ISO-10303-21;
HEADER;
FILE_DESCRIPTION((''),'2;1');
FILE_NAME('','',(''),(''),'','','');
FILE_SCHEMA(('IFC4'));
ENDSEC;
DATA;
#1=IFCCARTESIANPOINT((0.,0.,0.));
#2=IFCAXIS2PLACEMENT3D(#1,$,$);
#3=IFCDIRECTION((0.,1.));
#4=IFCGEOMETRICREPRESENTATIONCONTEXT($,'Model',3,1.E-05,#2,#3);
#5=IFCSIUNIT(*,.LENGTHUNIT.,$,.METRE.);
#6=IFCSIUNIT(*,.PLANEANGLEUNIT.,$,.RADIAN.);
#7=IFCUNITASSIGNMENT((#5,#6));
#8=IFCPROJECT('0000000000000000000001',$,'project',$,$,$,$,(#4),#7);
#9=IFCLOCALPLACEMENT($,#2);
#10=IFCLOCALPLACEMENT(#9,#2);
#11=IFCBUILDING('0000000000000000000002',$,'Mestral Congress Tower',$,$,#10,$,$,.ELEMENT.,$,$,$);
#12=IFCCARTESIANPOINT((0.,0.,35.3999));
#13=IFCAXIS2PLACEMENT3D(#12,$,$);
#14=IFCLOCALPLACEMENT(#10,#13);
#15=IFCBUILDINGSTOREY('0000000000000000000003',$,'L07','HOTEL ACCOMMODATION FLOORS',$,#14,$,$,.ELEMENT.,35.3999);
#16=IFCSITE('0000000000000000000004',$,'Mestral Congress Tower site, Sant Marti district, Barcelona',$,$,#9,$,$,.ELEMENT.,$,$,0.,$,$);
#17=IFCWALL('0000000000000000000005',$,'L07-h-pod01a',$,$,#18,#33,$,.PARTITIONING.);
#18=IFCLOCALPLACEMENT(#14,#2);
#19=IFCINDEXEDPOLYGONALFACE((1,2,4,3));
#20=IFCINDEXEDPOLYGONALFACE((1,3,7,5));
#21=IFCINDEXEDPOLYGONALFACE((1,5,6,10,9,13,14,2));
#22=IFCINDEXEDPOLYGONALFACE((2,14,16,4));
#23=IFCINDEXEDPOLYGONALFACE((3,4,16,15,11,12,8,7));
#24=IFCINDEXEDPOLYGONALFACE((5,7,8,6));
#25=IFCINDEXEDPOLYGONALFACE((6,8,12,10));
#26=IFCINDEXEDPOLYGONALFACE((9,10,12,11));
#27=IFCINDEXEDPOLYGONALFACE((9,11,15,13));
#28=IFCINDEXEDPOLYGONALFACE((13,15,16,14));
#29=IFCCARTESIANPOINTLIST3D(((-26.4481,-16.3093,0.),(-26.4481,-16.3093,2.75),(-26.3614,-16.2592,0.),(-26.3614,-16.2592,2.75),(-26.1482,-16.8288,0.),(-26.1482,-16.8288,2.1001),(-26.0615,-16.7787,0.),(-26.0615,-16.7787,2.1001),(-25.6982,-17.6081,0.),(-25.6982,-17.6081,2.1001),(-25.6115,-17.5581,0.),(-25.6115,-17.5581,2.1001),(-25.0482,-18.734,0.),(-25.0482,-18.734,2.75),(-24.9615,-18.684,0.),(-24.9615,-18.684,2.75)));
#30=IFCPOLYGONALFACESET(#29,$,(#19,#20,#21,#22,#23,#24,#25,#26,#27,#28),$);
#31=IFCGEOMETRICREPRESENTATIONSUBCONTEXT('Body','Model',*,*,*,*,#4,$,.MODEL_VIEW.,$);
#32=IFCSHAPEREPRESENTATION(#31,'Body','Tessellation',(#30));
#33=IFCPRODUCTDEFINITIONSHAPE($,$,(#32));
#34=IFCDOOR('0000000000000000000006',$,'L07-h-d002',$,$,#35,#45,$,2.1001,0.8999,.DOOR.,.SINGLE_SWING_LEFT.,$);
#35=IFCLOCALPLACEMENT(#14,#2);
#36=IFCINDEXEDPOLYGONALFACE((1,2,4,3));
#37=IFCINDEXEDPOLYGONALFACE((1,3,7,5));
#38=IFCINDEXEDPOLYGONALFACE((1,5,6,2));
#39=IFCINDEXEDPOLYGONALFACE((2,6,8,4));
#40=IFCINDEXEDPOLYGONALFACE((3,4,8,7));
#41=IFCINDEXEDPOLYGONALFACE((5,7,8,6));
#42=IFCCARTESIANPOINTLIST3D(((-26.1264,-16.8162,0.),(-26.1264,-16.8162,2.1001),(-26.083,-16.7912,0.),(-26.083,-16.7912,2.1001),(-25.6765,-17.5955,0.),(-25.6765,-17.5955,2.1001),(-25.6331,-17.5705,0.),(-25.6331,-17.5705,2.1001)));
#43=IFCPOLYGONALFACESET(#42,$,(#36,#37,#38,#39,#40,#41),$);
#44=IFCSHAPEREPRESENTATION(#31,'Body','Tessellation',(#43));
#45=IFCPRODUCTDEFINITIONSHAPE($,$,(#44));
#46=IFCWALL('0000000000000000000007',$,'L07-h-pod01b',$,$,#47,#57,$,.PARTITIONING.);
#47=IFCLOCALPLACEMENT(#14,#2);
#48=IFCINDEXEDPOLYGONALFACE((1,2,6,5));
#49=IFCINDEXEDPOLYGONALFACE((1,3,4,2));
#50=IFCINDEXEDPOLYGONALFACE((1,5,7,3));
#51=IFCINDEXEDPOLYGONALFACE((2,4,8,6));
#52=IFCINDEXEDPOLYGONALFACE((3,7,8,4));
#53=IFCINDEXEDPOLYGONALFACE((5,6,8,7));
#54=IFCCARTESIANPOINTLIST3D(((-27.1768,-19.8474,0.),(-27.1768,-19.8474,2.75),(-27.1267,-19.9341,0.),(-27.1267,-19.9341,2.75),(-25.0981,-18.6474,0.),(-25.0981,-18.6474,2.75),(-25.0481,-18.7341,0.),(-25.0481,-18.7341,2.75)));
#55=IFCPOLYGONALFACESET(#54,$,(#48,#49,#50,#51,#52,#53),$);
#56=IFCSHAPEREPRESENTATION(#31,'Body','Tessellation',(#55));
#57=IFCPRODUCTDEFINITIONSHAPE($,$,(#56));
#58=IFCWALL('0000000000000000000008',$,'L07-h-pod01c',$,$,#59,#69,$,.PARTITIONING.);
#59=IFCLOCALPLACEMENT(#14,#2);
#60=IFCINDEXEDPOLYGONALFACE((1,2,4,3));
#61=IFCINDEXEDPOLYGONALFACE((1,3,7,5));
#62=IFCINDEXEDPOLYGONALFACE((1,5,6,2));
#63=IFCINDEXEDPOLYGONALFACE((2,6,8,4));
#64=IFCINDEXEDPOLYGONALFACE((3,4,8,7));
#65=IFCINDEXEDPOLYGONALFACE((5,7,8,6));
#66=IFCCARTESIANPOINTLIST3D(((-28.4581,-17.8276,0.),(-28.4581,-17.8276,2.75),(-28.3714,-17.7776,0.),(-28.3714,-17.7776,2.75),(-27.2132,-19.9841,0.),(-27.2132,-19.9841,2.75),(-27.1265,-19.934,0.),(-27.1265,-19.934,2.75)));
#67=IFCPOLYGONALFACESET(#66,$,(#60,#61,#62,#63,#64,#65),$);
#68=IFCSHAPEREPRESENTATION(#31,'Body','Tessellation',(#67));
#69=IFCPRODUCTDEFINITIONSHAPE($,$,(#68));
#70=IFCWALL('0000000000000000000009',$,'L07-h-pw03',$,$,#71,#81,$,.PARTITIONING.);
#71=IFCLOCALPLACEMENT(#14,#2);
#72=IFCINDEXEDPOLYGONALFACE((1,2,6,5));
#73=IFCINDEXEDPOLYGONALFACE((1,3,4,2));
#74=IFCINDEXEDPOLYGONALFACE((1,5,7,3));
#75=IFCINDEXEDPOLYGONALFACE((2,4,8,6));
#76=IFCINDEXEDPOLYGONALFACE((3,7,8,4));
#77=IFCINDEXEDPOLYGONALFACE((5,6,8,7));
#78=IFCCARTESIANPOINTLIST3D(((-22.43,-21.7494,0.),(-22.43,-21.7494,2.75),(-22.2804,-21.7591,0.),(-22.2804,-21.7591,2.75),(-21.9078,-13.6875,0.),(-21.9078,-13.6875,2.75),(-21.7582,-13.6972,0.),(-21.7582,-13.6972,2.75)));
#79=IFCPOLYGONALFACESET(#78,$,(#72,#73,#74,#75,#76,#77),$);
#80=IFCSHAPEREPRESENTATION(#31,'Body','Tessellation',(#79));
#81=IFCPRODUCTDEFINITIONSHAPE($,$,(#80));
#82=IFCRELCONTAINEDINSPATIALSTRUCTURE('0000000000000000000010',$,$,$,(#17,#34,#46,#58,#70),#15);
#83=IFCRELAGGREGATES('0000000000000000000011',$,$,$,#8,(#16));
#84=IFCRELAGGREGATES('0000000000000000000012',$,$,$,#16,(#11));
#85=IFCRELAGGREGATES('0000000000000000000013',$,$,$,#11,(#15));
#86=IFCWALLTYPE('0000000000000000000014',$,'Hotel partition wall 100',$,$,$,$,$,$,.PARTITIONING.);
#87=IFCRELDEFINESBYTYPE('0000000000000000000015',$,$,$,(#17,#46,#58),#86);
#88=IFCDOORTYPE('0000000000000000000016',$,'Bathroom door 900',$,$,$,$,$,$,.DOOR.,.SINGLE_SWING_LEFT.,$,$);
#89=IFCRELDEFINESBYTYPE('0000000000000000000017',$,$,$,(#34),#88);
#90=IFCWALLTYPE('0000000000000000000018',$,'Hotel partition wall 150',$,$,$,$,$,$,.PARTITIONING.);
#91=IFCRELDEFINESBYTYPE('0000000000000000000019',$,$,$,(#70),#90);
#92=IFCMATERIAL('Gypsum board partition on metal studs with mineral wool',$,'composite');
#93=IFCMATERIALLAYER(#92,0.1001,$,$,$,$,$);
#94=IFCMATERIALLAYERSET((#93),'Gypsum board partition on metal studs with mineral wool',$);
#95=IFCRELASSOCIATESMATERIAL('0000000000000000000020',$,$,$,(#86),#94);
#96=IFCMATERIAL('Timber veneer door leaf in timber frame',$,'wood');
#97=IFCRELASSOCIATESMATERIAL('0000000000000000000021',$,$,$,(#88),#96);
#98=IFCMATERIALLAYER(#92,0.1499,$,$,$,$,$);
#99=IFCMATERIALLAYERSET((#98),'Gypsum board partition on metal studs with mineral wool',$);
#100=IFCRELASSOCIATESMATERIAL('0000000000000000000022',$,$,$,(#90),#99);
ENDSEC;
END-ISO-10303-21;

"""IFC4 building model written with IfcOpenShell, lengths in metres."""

from ifc_helpers import new_model, si_unit, direction, frame, frame_2d, origin, place, context, subcontext, project, spatial, rectangle, extrude, material, layer, layer_set, type_object, element, fill, save


model = new_model("IFC4")

# Units and contexts
model_context = context("Model", 3, precision=1e-05, world=origin(), true_north=direction((0.0, 1.0)))
body_context = subcontext(model_context, "Body", "Model", "MODEL_VIEW")
ifc_project = project(units=[si_unit("LENGTHUNIT", "METRE"), si_unit("PLANEANGLEUNIT", "RADIAN")], contexts=[model_context])

# Site, building, storey
site_placement = place(None, origin())
site = spatial("IfcSite", under=ifc_project, at=site_placement, Name="Mestral Congress Tower site, Sant Marti district, Barcelona", CompositionType="ELEMENT", RefElevation=0.0)
building_placement = place(site_placement, origin())
building = spatial("IfcBuilding", under=site, at=building_placement, Name="Mestral Congress Tower", CompositionType="ELEMENT")
storey_placement = place(building_placement, frame((0.0, 0.0, 35.3999)))
storey = spatial("IfcBuildingStorey", under=building, at=storey_placement, Name="L07", Description="HOTEL ACCOMMODATION FLOORS", CompositionType="ELEMENT", Elevation=35.3999)

# Wall, opening, door
ifc_material_1 = material(Name="Gypsum board partition on metal studs with mineral wool", Category="composite")
ifc_layer_1 = layer(ifc_material_1, 0.1001)
ifc_layer_set_1 = layer_set([ifc_layer_1], Name="Gypsum board partition on metal studs with mineral wool")
wall_type_1 = type_object("IfcWallType", Name="Hotel partition wall 100", PredefinedType="PARTITIONING", material=ifc_layer_set_1)
wall_1_placement = place(storey_placement, frame((-25.0049, -18.709, 0.0), z_axis=(0.0, 0.0, 1.0), x_axis=(-0.499984, 0.866035, 0.0)))
wall_1 = element("IfcWall", 1, at=wall_1_placement, inside=storey, type_object=wall_type_1, Name="L07-h-pod01a", PredefinedType="PARTITIONING", context=body_context, shape_type="SweptSolid", body=[
    extrude(rectangle(XDim=2.7998, YDim=0.1001, at=frame_2d((1.3999, 0.0))), origin(), (0.0, 0.0, 1.0), 2.75),
])
opening_1_placement = place(wall_1_placement, frame((1.3, 0.0, 0.0)))
opening_1 = element("IfcOpeningElement", 2, at=opening_1_placement, cuts=wall_1, PredefinedType="OPENING", context=body_context, shape_type="SweptSolid", body=[
    extrude(rectangle(XDim=0.8999, YDim=2.1001, at=frame_2d((0.45, 1.05))), frame((0.0, 0.0601, 0.0), z_axis=(0.0, -1.0, 0.0), x_axis=(1.0, 0.0, 0.0)), (0.0, 0.0, 1.0), 0.1201),
])
ifc_material_2 = material(Name="Timber veneer door leaf in timber frame", Category="wood")
door_type = type_object("IfcDoorType", Name="Bathroom door 900", OperationType="SINGLE_SWING_LEFT", PredefinedType="DOOR", material=ifc_material_2)
door_placement = place(opening_1_placement, origin())
door = element("IfcDoor", 3, at=door_placement, inside=storey, type_object=door_type, Name="L07-h-d002", OperationType="SINGLE_SWING_LEFT", OverallHeight=2.1001, OverallWidth=0.8999, PredefinedType="DOOR", context=body_context, shape_type="SweptSolid", body=[
    extrude(rectangle(XDim=0.8999, YDim=2.1001, at=frame_2d((0.45, 1.05))), frame((0.0, 0.0249, 0.0), z_axis=(0.0, -1.0, 0.0), x_axis=(1.0, 0.0, 0.0)), (0.0, 0.0, 1.0), 0.05),
])
fill(opening_1, door)

# Walls
wall_2_placement = place(storey_placement, frame((-25.073, -18.6907, 0.0), z_axis=(0.0, 0.0, 1.0), x_axis=(-0.86605, -0.499957, 0.0)))
element("IfcWall", 4, at=wall_2_placement, inside=storey, type_object=wall_type_1, Name="L07-h-pod01b", PredefinedType="PARTITIONING", context=body_context, shape_type="SweptSolid", body=[
    extrude(rectangle(XDim=2.4001, YDim=0.1001, at=frame_2d((1.2002, 0.0))), origin(), (0.0, 0.0, 1.0), 2.75),
])
wall_3_placement = place(storey_placement, frame((-28.4148, -17.8025, 0.0), z_axis=(0.0, 0.0, 1.0), x_axis=(0.499946, -0.866057, 0.0)))
element("IfcWall", 5, at=wall_3_placement, inside=storey, type_object=wall_type_1, Name="L07-h-pod01c", PredefinedType="PARTITIONING", context=body_context, shape_type="SweptSolid", body=[
    extrude(rectangle(XDim=2.49, YDim=0.1001, at=frame_2d((1.2451, 0.0))), origin(), (0.0, 0.0, 1.0), 2.75),
])
ifc_layer_2 = layer(ifc_material_1, 0.1499)
ifc_layer_set_2 = layer_set([ifc_layer_2], Name="Gypsum board partition on metal studs with mineral wool")
wall_type_2 = type_object("IfcWallType", Name="Hotel partition wall 150", PredefinedType="PARTITIONING", material=ifc_layer_set_2)
wall_4_placement = place(storey_placement, frame((-22.3552, -21.7544, 0.0), z_axis=(0.0, 0.0, 1.0), x_axis=(0.06464, 0.997909, 0.0)))
element("IfcWall", 6, at=wall_4_placement, inside=storey, type_object=wall_type_2, Name="L07-h-pw03", PredefinedType="PARTITIONING", context=body_context, shape_type="SweptSolid", body=[
    extrude(rectangle(XDim=8.0789, YDim=0.1499, at=frame_2d((4.0396, 0.0))), origin(), (0.0, 0.0, 1.0), 2.75),
])

save(model, "model.ifc")
